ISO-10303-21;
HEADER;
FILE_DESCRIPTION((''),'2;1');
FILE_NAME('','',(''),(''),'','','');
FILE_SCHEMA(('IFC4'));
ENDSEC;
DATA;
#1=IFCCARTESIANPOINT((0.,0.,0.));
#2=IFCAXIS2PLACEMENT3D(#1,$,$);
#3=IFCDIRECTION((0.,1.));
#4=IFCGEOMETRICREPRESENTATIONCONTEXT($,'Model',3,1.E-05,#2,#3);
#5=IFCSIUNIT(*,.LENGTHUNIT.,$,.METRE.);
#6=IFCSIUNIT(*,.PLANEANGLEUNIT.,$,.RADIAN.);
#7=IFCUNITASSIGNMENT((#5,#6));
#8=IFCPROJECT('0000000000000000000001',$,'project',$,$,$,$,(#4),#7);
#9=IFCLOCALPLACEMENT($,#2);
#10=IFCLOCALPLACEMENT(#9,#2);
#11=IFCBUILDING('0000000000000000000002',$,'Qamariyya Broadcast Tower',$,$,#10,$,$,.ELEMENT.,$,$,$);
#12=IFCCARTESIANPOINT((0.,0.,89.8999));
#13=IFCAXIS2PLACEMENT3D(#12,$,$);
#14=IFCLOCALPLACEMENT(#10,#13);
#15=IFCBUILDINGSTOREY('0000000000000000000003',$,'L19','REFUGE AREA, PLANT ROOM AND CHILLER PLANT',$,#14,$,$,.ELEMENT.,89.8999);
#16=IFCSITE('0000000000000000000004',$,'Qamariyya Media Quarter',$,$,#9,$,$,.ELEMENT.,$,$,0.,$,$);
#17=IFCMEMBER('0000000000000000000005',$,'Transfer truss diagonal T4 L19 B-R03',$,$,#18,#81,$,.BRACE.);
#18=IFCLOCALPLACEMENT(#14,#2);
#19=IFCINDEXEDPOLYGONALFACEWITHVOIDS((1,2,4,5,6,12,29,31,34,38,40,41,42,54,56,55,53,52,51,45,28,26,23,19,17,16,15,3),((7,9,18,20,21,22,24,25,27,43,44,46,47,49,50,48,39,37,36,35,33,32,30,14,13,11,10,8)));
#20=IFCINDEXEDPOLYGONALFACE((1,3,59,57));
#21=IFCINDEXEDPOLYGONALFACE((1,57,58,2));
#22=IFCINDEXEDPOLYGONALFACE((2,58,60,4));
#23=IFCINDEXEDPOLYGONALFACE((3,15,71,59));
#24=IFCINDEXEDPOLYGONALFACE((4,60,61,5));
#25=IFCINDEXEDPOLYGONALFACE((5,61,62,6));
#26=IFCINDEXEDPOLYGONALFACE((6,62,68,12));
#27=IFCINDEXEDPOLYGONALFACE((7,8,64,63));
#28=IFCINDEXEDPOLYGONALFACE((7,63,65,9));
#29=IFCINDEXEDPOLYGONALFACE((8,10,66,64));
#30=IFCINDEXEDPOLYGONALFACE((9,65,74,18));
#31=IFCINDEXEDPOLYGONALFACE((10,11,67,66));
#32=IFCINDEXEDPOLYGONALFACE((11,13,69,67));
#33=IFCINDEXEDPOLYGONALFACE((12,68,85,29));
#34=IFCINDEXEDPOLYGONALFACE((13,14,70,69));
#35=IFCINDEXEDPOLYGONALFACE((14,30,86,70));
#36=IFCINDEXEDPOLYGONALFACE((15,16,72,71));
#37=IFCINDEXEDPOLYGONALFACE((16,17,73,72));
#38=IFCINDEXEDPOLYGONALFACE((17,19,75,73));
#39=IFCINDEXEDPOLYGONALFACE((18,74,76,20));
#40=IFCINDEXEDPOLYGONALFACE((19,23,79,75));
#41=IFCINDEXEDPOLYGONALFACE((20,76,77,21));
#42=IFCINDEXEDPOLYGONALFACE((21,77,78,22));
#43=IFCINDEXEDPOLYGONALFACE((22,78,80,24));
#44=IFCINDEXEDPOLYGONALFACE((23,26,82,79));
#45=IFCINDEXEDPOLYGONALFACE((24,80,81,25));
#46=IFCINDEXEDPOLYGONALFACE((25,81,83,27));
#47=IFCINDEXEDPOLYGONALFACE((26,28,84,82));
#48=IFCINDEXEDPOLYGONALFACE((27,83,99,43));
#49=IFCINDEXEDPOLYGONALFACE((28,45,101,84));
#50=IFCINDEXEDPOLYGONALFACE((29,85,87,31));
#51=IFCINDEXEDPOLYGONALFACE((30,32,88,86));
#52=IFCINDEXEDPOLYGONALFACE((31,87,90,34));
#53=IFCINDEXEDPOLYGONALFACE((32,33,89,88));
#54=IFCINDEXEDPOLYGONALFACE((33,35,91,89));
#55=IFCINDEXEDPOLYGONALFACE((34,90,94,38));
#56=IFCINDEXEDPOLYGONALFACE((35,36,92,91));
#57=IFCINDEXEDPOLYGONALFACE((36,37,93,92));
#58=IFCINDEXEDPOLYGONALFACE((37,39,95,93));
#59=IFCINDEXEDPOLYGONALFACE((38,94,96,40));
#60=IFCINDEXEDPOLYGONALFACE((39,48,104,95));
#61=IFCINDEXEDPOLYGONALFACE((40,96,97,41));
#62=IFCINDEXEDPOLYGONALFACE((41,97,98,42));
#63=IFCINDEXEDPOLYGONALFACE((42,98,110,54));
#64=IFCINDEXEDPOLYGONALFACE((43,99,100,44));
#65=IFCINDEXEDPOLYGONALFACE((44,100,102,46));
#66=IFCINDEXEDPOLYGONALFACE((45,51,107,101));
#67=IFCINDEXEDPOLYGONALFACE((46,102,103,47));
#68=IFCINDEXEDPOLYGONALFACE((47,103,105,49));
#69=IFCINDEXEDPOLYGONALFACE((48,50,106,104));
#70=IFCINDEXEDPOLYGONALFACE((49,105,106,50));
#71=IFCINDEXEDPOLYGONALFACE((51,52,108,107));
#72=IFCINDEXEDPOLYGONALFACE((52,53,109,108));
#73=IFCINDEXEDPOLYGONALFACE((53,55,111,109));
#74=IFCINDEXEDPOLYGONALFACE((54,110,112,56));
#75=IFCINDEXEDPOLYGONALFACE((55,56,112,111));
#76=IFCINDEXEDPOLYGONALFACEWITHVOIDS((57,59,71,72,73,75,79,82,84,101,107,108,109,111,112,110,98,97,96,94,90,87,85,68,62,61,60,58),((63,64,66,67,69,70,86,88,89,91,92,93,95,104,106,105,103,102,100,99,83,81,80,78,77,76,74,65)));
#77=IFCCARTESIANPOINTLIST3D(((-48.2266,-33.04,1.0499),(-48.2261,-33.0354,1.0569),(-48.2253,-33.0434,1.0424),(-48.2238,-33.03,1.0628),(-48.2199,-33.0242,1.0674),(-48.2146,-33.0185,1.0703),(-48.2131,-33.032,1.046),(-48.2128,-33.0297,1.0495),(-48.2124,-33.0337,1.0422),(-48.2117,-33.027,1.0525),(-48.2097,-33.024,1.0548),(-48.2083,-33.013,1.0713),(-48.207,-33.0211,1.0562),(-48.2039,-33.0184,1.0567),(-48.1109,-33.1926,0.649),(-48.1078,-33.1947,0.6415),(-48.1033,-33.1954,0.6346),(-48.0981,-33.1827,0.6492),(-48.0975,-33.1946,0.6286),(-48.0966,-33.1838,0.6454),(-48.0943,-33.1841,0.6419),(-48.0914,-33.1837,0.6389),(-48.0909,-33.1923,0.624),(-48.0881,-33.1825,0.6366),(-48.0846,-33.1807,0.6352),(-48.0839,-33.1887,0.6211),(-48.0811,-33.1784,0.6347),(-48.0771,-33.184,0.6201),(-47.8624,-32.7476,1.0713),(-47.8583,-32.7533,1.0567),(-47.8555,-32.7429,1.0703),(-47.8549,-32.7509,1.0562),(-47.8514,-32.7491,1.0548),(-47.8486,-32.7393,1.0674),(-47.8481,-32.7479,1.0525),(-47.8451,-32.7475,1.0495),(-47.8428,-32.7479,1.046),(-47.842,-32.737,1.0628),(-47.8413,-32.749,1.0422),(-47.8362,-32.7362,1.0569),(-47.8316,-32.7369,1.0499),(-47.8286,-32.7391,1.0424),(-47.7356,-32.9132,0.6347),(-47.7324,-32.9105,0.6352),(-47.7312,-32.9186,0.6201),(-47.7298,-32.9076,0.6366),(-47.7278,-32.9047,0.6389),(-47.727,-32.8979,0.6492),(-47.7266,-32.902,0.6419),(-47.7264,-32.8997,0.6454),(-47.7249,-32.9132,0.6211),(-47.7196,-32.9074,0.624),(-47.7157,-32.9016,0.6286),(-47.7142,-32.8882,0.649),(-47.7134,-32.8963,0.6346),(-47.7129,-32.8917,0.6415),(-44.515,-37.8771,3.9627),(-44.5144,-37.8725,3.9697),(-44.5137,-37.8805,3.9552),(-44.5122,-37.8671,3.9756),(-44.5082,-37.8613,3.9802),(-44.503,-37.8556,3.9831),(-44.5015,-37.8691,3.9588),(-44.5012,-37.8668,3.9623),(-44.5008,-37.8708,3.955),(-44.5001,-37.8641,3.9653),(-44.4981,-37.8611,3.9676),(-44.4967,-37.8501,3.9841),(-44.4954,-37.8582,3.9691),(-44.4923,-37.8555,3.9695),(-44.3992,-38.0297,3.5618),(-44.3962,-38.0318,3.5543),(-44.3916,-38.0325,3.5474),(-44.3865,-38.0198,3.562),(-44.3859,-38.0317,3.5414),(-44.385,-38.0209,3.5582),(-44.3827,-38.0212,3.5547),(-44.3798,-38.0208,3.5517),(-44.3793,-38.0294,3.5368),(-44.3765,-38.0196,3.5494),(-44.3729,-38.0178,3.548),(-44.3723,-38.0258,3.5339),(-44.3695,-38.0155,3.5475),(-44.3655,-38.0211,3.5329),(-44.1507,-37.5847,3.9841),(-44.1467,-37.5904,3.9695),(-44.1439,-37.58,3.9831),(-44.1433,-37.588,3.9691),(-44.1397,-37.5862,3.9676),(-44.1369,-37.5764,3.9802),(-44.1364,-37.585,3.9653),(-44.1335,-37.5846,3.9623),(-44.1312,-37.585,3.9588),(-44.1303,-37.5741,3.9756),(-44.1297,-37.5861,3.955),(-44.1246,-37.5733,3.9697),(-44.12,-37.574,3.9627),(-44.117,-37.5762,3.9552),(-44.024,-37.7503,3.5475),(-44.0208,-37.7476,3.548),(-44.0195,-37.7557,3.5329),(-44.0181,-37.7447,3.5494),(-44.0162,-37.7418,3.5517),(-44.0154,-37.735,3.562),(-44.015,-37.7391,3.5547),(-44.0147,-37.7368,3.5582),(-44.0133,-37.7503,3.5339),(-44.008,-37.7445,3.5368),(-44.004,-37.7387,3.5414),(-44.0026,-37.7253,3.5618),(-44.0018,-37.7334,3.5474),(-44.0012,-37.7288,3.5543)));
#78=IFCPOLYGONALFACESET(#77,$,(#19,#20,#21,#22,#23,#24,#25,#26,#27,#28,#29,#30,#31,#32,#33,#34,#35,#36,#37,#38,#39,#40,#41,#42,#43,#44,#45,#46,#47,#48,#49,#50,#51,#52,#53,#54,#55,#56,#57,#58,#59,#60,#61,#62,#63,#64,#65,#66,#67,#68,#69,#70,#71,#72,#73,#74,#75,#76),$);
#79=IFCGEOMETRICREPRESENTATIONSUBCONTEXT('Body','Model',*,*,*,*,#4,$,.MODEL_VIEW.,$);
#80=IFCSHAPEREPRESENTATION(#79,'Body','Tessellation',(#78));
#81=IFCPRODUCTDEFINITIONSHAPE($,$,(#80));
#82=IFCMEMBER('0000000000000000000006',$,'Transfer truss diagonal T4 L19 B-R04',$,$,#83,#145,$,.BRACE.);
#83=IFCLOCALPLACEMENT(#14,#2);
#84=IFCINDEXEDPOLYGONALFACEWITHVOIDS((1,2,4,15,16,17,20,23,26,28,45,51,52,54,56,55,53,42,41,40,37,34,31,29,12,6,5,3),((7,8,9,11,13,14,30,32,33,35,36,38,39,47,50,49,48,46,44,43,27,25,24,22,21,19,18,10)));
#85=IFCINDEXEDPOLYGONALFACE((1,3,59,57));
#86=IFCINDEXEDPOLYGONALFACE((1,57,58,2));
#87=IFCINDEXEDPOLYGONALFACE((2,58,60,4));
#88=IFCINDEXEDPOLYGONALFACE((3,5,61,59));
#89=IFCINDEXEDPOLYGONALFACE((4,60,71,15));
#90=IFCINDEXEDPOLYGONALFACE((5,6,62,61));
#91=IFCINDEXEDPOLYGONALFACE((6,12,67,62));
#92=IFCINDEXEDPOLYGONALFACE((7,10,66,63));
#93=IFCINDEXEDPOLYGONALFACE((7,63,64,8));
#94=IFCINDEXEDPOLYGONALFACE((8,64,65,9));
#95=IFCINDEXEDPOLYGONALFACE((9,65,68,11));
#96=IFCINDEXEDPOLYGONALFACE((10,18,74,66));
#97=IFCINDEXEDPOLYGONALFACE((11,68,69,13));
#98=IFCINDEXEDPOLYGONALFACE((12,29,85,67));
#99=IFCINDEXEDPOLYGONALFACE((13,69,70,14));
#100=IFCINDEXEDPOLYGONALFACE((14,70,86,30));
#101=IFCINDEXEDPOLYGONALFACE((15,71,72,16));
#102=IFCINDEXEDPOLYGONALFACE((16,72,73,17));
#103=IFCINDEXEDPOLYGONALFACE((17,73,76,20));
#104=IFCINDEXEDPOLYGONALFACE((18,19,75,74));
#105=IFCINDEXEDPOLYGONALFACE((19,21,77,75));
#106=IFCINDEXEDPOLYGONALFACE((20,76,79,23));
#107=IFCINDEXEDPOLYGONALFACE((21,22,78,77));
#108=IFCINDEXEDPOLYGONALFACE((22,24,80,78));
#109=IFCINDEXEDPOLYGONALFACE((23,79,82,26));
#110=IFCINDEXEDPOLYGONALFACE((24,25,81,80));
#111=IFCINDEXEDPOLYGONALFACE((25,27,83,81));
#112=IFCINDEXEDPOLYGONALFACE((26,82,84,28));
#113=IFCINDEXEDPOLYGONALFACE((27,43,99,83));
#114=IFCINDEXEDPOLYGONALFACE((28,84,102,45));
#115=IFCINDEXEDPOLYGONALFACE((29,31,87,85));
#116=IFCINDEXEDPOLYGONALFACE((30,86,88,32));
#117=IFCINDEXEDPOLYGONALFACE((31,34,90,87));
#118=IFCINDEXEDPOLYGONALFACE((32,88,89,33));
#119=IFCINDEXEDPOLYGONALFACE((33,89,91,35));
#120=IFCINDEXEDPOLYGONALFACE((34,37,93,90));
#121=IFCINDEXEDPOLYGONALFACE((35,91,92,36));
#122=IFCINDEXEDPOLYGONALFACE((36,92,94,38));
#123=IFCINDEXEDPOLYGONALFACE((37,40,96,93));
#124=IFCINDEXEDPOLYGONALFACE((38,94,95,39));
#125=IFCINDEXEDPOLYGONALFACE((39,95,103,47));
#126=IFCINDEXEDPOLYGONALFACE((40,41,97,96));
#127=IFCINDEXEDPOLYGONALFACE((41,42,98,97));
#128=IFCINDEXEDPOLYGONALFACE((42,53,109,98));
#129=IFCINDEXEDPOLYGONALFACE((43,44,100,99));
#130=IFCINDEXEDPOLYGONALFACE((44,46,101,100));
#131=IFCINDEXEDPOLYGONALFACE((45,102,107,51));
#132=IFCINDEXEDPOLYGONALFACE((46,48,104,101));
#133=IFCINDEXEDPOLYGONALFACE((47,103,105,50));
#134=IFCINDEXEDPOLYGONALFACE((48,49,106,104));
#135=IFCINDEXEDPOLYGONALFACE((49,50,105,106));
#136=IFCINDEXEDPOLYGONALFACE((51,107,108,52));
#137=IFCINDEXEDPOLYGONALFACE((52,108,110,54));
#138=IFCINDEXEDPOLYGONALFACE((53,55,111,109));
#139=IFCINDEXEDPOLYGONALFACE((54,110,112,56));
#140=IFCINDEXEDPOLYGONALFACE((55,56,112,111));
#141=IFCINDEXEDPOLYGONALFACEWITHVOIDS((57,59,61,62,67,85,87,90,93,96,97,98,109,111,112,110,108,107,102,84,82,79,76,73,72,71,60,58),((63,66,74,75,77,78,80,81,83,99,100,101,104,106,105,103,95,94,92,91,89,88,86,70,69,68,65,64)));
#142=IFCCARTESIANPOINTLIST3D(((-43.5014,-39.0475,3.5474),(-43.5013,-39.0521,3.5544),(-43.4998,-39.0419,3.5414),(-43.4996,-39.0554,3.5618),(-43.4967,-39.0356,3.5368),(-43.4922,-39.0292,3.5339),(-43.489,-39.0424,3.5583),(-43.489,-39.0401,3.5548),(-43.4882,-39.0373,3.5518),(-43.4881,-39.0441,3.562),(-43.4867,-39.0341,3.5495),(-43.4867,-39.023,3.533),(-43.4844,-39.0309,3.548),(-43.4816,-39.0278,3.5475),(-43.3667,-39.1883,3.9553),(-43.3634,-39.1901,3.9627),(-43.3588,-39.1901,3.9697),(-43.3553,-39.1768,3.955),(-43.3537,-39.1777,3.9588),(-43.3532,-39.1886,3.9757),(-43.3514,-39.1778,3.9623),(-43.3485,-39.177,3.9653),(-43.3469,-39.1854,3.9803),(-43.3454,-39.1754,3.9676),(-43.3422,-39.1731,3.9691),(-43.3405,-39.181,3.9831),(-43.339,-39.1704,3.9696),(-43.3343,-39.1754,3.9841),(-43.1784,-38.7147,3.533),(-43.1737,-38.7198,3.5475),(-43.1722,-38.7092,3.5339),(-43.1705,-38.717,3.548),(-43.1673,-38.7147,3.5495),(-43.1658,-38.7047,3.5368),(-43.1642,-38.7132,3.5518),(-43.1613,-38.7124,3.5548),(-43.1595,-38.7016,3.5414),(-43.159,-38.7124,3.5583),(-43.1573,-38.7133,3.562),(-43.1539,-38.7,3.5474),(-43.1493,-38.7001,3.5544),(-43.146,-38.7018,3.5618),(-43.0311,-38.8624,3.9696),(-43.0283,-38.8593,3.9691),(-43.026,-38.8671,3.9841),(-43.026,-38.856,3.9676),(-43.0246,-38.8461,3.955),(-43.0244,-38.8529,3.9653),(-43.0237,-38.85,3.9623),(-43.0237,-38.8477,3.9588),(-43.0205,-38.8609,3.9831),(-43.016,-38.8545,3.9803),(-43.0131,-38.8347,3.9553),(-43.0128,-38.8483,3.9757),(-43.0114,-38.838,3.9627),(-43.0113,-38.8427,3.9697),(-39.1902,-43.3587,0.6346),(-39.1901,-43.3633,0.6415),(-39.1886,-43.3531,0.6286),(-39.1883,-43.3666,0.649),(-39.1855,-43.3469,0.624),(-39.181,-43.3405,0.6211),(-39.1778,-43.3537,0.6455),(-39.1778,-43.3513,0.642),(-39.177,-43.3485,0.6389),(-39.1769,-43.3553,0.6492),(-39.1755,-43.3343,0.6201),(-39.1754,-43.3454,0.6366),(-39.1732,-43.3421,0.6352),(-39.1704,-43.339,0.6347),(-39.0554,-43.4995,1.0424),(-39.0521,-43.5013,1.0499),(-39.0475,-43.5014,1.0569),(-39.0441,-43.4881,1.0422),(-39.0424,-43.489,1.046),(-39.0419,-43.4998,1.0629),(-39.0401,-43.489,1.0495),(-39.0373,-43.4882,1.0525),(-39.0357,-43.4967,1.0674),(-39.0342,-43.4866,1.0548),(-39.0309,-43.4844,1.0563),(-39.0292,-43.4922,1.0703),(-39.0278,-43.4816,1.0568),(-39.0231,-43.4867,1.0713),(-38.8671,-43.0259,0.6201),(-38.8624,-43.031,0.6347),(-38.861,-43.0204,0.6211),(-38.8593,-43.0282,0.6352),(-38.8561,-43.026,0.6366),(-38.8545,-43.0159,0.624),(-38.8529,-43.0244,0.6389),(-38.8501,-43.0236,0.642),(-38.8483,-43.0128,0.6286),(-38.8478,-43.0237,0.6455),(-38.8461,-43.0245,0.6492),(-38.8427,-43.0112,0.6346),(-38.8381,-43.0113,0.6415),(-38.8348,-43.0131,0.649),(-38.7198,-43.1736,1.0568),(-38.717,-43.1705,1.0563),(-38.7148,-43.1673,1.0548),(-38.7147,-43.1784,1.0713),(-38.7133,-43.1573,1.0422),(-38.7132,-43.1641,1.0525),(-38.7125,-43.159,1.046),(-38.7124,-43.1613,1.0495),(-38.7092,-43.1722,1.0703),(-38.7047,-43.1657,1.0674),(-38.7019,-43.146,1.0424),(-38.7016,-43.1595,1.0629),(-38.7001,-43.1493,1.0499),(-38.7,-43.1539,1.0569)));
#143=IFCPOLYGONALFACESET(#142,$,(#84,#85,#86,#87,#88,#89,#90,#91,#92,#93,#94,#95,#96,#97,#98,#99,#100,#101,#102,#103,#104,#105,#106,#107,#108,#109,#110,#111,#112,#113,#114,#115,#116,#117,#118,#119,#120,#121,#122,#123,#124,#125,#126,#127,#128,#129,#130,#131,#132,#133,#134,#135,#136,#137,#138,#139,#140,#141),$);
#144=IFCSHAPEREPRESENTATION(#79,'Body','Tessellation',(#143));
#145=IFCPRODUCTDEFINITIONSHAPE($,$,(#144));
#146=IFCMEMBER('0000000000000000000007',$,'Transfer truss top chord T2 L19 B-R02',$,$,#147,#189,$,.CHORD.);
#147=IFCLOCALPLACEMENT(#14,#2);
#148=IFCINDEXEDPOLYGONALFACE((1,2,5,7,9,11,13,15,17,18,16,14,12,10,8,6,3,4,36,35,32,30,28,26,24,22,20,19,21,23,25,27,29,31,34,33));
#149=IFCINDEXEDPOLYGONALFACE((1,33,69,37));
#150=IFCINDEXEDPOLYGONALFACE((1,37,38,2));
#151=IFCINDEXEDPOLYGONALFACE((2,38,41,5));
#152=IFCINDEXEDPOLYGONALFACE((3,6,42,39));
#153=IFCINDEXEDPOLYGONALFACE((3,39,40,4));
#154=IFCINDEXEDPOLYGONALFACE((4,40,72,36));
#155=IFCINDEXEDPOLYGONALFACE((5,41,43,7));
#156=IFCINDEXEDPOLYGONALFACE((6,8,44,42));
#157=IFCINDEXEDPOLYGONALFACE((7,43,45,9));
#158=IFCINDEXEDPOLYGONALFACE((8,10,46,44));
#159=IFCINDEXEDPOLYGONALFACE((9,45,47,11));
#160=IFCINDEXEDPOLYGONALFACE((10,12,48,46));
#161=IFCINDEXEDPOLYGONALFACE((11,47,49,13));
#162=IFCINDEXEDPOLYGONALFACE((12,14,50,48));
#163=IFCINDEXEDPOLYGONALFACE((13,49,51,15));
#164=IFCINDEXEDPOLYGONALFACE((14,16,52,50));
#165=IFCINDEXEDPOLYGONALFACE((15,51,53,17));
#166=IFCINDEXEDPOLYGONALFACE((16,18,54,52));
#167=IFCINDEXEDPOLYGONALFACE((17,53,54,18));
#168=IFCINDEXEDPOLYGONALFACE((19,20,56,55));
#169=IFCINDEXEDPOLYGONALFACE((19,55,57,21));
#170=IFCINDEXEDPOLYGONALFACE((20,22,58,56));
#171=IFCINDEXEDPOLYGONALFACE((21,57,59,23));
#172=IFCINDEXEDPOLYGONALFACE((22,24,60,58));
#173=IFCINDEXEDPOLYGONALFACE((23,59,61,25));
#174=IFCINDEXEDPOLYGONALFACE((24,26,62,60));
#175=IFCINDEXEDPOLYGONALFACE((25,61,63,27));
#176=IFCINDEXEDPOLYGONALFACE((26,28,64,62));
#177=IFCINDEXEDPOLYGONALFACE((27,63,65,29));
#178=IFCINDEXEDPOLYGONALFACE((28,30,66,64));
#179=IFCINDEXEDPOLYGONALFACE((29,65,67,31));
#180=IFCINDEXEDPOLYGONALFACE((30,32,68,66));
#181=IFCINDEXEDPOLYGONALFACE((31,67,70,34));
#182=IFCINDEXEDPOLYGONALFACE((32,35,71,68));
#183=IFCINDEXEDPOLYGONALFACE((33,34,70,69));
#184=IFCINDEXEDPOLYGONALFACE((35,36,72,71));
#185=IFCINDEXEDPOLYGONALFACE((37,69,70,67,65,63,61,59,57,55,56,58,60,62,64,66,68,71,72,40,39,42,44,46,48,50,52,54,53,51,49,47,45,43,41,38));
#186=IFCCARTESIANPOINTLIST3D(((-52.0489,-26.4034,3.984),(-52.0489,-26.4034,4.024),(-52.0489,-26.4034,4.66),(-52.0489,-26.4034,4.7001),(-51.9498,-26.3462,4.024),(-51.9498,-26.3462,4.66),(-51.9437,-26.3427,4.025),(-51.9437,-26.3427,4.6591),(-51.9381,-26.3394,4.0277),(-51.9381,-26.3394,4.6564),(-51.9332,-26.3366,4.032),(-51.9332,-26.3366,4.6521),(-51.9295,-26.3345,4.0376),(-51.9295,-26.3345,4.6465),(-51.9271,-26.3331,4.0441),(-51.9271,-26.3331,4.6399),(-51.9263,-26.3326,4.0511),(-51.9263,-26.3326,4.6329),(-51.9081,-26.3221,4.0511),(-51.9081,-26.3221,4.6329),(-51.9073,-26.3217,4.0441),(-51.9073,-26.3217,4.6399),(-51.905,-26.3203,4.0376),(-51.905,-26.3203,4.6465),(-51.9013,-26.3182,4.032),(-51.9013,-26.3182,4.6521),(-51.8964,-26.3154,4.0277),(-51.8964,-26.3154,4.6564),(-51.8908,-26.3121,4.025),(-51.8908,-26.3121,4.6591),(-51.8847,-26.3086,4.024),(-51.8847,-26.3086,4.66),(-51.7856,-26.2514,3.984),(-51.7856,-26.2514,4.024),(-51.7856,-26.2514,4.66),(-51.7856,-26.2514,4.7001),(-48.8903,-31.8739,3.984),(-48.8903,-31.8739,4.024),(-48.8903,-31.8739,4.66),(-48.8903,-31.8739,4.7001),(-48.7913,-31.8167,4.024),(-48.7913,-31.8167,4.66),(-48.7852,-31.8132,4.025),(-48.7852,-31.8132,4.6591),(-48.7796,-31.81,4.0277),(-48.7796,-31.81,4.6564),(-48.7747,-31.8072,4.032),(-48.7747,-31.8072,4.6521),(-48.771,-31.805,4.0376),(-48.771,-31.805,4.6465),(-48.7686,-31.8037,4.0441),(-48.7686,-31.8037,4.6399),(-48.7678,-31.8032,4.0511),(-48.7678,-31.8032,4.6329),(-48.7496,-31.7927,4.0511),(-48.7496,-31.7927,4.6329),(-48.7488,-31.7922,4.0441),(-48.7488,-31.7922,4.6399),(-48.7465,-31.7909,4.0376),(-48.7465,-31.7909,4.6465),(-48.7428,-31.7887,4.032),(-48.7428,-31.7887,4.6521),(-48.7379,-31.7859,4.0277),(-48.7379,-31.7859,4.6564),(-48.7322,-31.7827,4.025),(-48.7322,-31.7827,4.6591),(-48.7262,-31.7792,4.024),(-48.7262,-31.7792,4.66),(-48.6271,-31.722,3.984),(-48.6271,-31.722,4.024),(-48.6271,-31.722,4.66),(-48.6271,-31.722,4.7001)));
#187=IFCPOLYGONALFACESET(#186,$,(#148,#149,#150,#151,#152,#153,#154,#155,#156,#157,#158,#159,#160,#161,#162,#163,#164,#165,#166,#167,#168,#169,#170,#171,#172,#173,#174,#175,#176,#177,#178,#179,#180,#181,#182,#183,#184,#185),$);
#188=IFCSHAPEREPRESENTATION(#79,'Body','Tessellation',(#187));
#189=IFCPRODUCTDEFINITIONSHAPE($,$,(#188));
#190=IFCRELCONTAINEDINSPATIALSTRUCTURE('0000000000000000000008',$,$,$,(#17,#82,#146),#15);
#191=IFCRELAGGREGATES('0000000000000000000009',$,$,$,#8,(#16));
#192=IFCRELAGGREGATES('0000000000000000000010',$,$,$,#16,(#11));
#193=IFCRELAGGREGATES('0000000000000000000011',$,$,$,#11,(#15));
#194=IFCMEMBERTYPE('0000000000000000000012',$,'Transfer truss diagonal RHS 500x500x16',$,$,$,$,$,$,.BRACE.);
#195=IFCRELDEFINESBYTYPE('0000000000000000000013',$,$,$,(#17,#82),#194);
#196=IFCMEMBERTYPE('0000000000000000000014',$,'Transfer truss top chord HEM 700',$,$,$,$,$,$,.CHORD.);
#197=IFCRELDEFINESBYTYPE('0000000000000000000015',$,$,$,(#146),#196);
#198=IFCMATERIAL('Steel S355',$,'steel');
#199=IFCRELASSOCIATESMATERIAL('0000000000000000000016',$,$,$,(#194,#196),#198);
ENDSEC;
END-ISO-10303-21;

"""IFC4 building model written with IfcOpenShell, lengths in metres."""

from ifc_helpers import new_model, si_unit, direction, frame, origin, origin_2d, place, context, subcontext, project, spatial, hollow_rectangle, i_section, extrude, material, material_profile, profile_set, type_object, element, save


model = new_model("IFC4")

# Units and contexts
model_context = context("Model", 3, precision=1e-05, world=origin(), true_north=direction((0.0, 1.0)))
body_context = subcontext(model_context, "Body", "Model", "MODEL_VIEW")
ifc_project = project(units=[si_unit("LENGTHUNIT", "METRE"), si_unit("PLANEANGLEUNIT", "RADIAN")], contexts=[model_context])

# Site, building, storey
site_placement = place(None, origin())
site = spatial("IfcSite", under=ifc_project, at=site_placement, Name="Qamariyya Media Quarter", CompositionType="ELEMENT", RefElevation=0.0)
building_placement = place(site_placement, origin())
building = spatial("IfcBuilding", under=site, at=building_placement, Name="Qamariyya Broadcast Tower", CompositionType="ELEMENT")
storey_placement = place(building_placement, frame((0.0, 0.0, 89.8999)))
storey = spatial("IfcBuildingStorey", under=building, at=storey_placement, Name="L19", Description="REFUGE AREA, PLANT ROOM AND CHILLER PLANT", CompositionType="ELEMENT", Elevation=89.8999)

# Members
ifc_material_1 = material(Name="Steel S355", Category="steel")
ifc_material_profile_1 = material_profile(ifc_material_1, hollow_rectangle(XDim=0.5, YDim=0.5, WallThickness=0.0161, InnerFilletRadius=0.0161, OuterFilletRadius=0.032, at=origin_2d()))
ifc_profile_set_1 = profile_set([ifc_material_profile_1], Name="Steel S355")
member_type_1 = type_object("IfcMemberType", Name="Transfer truss diagonal RHS 500x500x16", PredefinedType="BRACE", material=ifc_profile_set_1)
for number, where, z_axis, x_axis, name in (
    (1, (-47.9697, -32.9658, 0.8457), (0.549294, -0.715856, 0.431075), (0.793354, 0.60876, 0.0), "Transfer truss diagonal T4 L19 B-R03"),
    (2, (-43.2563, -38.9451, 3.7585), (0.638033, -0.638033, -0.431076), (0.707107, 0.707107, 0.0), "Transfer truss diagonal T4 L19 B-R04"),
):
    element("IfcMember", number, at=place(storey_placement, frame(where, z_axis=z_axis, x_axis=x_axis)), inside=storey, type_object=member_type_1, Name=name, PredefinedType="BRACE", context=body_context, shape_type="SweptSolid", body=[
        extrude(hollow_rectangle(XDim=0.5, YDim=0.5, WallThickness=0.0161, InnerFilletRadius=0.0161, OuterFilletRadius=0.032, at=origin_2d()), origin(), (0.0, 0.0, 1.0), 6.7571),
    ])
ifc_material_profile_2 = material_profile(ifc_material_1, i_section(OverallWidth=0.304, OverallDepth=0.7161, WebThickness=0.021, FlangeThickness=0.04, FilletRadius=0.0271, at=origin_2d()))
ifc_profile_set_2 = profile_set([ifc_material_profile_2], Name="Steel S355")
member_type_2 = type_object("IfcMemberType", Name="Transfer truss top chord HEM 700", PredefinedType="CHORD", material=ifc_profile_set_2)
for number, where, z_axis, x_axis, name in (
    (3, (-51.9172, -26.3274, 4.342), (0.500009, -0.86602, 0.0), (0.86602, 0.500009, 0.0), "Transfer truss top chord T2 L19 B-R02"),
):
    element("IfcMember", number, at=place(storey_placement, frame(where, z_axis=z_axis, x_axis=x_axis)), inside=storey, type_object=member_type_2, Name=name, PredefinedType="CHORD", context=body_context, shape_type="SweptSolid", body=[
        extrude(i_section(OverallWidth=0.304, OverallDepth=0.7161, WebThickness=0.021, FlangeThickness=0.04, FilletRadius=0.0271, at=origin_2d()), origin(), (0.0, 0.0, 1.0), 6.3169),
    ])

save(model, "model.ifc")
